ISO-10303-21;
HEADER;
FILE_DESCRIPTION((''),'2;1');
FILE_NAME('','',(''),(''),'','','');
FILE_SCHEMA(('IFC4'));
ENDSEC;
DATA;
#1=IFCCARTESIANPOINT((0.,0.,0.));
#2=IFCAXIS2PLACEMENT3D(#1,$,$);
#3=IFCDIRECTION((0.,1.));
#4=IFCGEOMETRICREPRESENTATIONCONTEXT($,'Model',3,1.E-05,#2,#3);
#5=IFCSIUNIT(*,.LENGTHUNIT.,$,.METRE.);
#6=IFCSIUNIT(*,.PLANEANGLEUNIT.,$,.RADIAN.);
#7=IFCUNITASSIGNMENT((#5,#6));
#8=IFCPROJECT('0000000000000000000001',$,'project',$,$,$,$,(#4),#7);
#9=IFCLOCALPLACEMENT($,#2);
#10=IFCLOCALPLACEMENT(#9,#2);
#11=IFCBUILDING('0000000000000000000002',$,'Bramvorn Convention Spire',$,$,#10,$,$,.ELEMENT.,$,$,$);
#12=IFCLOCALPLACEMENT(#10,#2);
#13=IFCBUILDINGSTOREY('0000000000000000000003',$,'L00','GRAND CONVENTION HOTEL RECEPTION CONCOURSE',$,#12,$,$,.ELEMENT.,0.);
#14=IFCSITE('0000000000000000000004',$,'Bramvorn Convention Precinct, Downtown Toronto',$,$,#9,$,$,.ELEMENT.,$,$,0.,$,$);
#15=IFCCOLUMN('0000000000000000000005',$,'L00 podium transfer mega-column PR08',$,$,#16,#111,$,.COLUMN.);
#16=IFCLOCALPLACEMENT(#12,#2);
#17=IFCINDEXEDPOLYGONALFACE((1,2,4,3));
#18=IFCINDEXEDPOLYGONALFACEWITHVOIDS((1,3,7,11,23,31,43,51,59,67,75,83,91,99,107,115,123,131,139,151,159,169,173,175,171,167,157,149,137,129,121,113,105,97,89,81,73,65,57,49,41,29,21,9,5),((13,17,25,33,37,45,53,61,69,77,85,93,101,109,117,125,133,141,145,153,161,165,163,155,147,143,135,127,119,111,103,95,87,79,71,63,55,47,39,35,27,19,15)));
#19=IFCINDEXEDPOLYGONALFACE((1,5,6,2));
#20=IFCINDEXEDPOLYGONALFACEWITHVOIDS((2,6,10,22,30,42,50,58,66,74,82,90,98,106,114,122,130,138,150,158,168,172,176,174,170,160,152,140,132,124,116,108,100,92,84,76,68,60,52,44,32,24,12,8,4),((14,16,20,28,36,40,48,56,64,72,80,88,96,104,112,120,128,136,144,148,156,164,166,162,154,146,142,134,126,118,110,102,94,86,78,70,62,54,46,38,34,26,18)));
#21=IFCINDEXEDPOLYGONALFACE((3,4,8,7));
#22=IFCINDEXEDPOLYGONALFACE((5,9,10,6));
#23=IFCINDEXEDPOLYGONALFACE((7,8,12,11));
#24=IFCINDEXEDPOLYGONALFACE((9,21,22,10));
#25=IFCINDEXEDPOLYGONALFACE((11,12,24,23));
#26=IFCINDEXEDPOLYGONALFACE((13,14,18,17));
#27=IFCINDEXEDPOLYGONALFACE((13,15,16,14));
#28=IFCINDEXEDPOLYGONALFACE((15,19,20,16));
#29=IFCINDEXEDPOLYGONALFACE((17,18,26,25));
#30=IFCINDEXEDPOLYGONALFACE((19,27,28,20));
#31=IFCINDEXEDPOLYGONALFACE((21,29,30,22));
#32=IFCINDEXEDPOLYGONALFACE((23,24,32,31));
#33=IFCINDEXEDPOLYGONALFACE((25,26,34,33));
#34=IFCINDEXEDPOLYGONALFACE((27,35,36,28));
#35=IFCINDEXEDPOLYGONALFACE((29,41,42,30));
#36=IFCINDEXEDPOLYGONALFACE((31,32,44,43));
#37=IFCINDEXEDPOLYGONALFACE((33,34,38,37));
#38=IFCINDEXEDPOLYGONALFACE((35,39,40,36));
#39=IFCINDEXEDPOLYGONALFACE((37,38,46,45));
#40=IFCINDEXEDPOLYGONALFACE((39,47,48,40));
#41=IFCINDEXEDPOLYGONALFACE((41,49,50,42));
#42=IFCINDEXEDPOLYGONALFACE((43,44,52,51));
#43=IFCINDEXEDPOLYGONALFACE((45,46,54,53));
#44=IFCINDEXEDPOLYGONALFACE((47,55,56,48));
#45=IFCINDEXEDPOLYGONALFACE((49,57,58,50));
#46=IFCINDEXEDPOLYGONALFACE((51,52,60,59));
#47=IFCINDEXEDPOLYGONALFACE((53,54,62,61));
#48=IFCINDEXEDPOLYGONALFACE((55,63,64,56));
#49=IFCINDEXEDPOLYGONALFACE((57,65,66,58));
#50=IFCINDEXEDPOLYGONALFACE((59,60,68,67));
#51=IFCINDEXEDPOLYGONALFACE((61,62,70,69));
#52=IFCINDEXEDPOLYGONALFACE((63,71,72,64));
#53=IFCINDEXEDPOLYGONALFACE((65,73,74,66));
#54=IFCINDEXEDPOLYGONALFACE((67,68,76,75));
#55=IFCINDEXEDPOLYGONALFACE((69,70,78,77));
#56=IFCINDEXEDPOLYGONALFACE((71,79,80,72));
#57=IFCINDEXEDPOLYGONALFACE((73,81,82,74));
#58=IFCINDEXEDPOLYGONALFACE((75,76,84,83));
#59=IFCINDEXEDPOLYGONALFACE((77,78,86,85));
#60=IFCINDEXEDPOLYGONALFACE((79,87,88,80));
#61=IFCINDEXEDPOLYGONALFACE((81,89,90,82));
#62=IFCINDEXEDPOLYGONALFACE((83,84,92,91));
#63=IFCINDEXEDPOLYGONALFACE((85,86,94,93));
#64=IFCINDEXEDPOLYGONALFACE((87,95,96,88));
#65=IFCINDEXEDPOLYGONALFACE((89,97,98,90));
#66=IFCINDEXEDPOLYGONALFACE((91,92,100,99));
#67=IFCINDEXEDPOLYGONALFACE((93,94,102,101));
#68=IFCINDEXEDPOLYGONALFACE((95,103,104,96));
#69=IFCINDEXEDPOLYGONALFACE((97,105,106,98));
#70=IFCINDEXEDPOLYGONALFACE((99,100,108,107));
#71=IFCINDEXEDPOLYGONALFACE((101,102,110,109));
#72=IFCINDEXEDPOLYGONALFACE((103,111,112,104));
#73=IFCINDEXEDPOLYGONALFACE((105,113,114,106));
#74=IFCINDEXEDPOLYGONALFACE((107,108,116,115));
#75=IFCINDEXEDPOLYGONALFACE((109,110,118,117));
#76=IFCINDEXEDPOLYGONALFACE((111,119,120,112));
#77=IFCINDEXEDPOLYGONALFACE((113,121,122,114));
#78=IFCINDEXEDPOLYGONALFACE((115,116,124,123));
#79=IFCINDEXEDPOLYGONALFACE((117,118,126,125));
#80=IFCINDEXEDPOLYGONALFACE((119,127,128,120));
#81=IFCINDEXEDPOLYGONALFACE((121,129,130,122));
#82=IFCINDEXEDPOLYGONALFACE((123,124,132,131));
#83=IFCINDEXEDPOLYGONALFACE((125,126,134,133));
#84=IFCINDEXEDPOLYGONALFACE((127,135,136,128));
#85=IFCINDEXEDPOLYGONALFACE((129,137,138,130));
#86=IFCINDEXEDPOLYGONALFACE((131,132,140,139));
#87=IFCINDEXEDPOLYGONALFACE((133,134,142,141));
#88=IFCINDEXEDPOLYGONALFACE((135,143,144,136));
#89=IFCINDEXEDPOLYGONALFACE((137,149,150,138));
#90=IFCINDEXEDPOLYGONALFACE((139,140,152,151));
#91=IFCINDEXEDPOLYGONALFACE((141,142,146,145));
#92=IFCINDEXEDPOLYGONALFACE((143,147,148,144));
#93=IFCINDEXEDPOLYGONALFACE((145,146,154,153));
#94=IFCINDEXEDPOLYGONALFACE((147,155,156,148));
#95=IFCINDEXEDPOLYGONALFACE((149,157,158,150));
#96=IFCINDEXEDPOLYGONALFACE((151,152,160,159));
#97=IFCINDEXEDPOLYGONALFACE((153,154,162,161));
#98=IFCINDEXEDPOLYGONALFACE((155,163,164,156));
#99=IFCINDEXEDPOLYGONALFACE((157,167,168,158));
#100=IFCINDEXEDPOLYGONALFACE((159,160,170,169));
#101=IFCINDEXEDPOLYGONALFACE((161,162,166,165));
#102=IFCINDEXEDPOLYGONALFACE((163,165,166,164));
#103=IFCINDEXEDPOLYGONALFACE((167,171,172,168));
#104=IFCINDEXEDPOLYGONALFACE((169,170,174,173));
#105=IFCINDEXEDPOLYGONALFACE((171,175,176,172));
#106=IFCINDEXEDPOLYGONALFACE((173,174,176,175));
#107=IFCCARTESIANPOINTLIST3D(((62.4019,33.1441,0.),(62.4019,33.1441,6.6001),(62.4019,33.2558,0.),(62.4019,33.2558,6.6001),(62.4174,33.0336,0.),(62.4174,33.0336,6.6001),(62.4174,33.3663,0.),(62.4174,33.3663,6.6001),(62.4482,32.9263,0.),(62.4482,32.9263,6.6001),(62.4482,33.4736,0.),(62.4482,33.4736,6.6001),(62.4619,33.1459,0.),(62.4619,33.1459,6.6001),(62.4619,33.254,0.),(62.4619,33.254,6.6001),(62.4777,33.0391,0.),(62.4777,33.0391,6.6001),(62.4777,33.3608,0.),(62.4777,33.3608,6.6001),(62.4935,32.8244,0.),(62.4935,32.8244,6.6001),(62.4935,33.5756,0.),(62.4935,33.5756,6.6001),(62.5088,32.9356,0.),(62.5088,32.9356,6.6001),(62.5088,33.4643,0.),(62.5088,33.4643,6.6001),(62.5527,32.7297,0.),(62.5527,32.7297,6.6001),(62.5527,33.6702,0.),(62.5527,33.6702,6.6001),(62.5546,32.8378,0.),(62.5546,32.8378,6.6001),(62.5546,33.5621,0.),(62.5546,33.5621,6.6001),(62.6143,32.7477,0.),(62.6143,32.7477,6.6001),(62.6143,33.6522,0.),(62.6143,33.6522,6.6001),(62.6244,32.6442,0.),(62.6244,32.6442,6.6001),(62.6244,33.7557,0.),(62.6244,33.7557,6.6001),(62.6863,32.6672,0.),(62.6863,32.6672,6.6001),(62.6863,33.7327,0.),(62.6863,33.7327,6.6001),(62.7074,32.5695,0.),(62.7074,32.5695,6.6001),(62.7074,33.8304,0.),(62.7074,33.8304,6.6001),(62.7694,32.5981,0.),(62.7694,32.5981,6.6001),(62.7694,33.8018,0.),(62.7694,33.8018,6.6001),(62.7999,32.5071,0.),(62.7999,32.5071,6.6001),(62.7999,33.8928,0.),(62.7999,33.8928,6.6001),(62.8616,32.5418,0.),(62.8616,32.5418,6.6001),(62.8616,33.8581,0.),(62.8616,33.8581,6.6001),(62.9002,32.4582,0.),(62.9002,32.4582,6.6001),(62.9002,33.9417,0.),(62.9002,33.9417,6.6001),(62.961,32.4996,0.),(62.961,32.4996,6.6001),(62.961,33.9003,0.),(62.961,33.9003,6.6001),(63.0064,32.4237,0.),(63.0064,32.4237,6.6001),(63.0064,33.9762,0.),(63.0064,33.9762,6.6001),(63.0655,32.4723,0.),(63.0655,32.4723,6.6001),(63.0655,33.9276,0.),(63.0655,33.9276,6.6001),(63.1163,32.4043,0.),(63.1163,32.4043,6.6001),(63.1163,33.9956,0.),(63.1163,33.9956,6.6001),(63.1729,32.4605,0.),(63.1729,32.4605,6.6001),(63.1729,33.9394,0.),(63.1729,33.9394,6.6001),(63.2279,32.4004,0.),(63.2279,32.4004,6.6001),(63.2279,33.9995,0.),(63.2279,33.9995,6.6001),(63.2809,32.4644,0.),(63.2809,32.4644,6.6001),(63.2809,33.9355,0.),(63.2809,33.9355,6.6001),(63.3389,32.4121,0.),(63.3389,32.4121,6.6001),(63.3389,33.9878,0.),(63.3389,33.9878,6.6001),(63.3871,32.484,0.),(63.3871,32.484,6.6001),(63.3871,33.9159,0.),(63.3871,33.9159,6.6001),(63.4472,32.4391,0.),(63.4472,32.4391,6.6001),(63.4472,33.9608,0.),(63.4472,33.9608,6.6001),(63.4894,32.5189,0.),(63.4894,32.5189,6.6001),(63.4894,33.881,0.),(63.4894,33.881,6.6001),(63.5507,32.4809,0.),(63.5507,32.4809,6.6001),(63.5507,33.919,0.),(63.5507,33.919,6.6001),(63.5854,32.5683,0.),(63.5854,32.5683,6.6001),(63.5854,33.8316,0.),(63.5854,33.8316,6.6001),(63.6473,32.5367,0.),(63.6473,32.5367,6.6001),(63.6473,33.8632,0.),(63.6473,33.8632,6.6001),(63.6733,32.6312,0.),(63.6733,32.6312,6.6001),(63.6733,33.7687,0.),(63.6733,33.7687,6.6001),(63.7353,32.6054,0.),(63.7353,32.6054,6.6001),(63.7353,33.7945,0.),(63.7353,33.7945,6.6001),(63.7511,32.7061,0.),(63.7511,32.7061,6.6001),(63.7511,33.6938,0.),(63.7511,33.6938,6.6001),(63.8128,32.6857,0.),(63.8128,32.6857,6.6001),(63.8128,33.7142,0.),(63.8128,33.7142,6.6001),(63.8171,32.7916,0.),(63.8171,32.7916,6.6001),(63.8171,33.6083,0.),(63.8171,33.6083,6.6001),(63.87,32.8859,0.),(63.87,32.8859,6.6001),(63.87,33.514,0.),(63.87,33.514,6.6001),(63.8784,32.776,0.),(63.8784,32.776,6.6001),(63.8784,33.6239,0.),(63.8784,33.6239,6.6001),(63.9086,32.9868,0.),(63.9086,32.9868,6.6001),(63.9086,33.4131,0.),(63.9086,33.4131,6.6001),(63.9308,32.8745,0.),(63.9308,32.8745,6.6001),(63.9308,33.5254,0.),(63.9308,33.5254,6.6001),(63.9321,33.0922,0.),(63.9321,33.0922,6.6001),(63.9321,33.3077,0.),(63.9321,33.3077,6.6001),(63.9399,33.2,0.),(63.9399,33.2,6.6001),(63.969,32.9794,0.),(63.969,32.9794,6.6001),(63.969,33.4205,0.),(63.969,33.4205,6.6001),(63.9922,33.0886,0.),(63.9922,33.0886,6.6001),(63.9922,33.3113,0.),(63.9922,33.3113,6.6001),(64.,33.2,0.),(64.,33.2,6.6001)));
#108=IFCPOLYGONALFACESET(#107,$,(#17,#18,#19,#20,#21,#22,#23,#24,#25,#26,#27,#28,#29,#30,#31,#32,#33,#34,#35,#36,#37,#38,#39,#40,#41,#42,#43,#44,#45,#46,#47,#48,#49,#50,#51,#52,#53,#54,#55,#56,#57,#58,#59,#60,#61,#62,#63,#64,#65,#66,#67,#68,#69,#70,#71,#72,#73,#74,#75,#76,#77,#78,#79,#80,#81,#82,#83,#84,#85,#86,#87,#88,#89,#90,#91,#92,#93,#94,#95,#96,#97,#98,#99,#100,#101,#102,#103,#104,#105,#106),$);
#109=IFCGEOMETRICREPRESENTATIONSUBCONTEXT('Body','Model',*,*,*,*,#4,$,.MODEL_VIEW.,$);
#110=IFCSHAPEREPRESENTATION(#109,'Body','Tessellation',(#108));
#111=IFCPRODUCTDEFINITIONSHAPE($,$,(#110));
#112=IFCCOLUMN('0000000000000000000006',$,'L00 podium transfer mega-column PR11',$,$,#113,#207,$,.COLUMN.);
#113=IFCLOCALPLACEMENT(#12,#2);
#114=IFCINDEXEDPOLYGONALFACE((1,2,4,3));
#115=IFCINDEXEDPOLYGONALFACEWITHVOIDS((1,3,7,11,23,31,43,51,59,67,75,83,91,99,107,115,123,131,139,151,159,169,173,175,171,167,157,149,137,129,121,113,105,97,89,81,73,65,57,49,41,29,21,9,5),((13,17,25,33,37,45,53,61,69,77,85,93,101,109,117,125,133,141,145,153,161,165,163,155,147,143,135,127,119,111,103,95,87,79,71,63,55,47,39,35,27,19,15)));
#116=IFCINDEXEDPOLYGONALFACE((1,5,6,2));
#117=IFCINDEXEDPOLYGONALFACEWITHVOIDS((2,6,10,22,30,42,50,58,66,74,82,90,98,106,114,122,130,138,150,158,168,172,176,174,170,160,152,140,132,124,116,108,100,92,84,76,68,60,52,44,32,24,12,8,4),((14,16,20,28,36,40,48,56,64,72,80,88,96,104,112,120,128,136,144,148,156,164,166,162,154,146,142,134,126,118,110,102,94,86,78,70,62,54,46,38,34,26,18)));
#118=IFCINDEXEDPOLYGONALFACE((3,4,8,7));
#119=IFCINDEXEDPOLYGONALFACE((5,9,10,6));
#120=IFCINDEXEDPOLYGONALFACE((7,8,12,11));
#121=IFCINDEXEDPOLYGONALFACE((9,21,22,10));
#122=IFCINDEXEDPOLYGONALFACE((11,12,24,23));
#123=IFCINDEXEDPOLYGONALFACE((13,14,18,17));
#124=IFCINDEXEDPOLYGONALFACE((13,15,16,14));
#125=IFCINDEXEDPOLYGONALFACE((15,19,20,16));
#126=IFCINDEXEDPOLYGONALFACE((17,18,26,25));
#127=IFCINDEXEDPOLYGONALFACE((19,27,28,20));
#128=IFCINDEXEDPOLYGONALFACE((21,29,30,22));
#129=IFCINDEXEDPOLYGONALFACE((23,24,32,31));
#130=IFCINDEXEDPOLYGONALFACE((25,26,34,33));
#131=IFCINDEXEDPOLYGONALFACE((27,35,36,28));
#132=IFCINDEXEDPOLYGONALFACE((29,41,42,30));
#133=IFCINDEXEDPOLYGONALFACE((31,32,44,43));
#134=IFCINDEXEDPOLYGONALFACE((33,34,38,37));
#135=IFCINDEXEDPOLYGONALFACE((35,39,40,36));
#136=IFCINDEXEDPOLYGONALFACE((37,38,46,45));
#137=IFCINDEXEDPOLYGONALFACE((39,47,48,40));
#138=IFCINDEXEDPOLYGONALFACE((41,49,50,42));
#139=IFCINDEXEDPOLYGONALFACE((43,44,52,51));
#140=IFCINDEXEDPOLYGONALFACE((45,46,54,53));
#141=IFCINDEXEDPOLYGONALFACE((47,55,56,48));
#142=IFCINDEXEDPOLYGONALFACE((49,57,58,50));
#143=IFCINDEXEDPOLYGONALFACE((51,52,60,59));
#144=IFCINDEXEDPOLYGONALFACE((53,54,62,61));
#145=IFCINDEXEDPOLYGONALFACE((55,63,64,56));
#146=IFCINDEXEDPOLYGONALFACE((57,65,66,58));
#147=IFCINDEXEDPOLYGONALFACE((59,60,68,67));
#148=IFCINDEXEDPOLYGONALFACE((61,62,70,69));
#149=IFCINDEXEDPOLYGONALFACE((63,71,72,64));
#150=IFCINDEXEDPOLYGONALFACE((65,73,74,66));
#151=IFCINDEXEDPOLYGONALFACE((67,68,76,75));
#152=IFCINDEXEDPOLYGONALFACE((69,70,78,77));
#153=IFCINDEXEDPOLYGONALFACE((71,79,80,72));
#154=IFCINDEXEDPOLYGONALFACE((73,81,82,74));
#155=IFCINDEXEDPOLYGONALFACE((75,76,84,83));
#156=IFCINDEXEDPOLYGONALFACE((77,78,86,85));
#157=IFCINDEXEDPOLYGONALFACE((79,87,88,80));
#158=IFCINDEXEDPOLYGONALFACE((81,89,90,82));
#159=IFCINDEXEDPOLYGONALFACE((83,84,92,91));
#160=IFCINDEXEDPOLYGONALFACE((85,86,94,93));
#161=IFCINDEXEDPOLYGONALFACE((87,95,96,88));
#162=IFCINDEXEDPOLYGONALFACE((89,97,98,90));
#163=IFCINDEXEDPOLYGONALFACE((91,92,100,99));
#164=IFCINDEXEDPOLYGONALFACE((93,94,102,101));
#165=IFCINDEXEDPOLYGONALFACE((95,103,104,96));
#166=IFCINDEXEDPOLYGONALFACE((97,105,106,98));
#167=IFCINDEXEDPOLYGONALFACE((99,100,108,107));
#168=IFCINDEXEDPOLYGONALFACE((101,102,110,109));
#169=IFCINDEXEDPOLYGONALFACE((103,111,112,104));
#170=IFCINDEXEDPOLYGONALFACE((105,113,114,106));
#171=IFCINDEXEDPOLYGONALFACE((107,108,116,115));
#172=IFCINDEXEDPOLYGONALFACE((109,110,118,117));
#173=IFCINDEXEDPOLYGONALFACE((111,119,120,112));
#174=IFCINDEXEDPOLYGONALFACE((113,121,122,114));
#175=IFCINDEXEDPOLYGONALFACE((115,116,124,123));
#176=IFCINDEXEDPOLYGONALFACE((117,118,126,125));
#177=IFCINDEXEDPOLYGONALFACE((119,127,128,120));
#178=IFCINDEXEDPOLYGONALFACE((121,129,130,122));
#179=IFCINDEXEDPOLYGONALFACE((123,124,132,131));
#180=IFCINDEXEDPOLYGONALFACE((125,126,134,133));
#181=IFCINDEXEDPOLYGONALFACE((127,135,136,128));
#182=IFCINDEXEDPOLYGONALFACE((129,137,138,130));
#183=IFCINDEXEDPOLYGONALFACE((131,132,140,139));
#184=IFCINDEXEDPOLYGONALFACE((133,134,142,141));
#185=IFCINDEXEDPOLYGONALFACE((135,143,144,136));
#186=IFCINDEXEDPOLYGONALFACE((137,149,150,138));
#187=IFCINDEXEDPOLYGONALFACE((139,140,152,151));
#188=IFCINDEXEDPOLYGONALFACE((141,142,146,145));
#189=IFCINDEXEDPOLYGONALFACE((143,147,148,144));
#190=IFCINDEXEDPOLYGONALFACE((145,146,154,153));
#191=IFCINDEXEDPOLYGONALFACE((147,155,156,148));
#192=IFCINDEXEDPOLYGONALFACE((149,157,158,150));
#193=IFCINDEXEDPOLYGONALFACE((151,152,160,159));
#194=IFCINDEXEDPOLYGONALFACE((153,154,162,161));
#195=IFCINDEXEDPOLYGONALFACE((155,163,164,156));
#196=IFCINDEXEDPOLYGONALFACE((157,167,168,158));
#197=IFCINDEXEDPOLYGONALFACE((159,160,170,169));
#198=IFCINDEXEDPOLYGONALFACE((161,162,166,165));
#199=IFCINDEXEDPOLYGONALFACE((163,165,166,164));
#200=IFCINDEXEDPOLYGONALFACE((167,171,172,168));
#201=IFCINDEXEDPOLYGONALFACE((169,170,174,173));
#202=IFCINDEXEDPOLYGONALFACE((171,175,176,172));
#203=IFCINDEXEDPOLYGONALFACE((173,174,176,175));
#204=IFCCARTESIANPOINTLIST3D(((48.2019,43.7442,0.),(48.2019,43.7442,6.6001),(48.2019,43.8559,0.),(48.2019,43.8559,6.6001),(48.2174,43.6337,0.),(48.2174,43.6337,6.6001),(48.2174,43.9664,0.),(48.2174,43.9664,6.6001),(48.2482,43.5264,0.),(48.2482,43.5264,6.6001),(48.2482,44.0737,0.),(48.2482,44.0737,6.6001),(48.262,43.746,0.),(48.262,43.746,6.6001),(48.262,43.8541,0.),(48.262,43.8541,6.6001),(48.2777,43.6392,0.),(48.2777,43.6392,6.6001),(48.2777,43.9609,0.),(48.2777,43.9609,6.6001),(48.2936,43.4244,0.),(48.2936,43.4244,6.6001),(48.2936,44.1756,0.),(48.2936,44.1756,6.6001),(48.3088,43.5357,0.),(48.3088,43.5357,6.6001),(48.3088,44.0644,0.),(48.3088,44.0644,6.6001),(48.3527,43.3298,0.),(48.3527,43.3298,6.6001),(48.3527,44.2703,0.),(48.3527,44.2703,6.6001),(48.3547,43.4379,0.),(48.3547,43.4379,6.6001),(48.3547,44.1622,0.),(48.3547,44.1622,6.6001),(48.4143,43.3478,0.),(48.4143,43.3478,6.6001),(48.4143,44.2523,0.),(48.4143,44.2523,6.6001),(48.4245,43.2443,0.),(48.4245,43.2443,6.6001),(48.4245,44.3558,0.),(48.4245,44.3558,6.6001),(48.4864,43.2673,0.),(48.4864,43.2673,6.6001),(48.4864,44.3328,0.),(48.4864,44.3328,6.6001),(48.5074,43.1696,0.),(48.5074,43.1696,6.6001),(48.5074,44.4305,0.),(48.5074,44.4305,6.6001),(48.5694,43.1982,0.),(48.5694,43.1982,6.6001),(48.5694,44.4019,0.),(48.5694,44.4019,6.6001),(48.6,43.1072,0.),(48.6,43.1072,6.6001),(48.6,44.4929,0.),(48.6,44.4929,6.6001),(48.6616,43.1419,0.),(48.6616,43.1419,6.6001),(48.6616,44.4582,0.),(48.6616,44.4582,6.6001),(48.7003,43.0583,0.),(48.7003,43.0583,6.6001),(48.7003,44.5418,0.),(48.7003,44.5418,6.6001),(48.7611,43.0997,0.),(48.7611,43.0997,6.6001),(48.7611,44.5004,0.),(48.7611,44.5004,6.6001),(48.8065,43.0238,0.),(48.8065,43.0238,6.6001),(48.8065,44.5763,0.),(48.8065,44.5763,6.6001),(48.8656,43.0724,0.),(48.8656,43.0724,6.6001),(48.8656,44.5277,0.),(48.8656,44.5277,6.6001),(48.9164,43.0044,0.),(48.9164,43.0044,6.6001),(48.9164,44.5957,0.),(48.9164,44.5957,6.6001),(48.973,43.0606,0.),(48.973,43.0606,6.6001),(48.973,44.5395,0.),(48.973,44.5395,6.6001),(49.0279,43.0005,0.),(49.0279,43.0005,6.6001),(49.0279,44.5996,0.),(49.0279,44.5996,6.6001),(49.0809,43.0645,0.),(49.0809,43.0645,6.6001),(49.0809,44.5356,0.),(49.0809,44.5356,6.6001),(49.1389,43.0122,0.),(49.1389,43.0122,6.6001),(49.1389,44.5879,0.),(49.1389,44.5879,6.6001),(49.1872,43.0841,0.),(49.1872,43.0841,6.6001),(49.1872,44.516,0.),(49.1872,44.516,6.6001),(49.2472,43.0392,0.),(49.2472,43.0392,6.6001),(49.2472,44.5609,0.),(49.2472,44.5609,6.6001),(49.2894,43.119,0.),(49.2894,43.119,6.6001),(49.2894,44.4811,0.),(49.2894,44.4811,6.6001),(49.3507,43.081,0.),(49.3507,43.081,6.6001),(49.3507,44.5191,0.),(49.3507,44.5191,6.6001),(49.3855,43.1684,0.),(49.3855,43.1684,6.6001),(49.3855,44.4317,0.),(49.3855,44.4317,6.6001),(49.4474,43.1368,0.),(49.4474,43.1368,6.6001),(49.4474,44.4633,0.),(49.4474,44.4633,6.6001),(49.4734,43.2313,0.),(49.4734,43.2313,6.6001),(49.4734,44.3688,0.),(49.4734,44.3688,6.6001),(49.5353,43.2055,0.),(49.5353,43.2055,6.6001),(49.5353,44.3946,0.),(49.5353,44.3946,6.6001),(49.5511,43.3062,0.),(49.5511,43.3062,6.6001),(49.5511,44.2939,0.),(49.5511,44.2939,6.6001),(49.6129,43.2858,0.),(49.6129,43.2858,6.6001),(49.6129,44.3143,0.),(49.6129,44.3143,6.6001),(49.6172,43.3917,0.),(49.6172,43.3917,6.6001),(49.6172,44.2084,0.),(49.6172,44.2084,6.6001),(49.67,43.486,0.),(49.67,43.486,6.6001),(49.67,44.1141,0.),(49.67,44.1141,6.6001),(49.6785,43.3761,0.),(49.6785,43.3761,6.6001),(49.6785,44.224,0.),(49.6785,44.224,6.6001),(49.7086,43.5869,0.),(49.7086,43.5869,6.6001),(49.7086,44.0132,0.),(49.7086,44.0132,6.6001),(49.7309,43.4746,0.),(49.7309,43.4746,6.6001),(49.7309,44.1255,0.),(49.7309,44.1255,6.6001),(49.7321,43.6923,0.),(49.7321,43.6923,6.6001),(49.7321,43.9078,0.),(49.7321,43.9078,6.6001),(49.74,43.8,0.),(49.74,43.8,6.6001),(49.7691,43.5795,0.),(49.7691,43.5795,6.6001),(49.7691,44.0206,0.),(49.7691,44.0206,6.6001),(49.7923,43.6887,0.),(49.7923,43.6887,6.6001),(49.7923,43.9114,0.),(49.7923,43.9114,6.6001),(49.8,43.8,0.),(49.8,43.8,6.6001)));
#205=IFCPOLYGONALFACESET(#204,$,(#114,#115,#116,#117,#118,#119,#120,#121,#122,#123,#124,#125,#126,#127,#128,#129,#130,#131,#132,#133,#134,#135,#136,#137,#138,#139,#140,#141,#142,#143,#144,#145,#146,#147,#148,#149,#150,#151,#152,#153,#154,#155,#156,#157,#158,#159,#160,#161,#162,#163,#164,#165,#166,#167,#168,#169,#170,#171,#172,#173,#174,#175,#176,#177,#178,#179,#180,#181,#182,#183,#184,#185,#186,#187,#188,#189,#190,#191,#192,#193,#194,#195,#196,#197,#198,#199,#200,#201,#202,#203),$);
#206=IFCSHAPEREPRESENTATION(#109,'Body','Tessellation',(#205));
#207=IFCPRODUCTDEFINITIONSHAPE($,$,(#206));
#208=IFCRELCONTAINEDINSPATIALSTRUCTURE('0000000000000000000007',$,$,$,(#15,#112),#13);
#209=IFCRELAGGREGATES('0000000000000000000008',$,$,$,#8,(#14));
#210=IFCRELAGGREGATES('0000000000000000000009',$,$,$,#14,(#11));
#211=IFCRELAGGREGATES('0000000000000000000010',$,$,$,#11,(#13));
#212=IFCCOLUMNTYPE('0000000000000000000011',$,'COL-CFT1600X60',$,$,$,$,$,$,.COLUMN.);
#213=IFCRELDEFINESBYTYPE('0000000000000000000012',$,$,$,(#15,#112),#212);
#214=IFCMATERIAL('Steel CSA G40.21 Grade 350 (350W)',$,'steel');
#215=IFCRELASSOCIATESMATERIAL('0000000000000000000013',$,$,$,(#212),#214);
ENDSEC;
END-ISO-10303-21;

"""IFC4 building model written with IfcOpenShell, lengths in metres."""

from ifc_helpers import new_model, si_unit, direction, frame, origin, origin_2d, place, context, subcontext, project, spatial, hollow_circle, extrude, material, material_profile, profile_set, type_object, element, save


model = new_model("IFC4")

# Units and contexts
model_context = context("Model", 3, precision=1e-05, world=origin(), true_north=direction((0.0, 1.0)))
body_context = subcontext(model_context, "Body", "Model", "MODEL_VIEW")
ifc_project = project(units=[si_unit("LENGTHUNIT", "METRE"), si_unit("PLANEANGLEUNIT", "RADIAN")], contexts=[model_context])

# Site, building, storey
site_placement = place(None, origin())
site = spatial("IfcSite", under=ifc_project, at=site_placement, Name="Bramvorn Convention Precinct, Downtown Toronto", CompositionType="ELEMENT", RefElevation=0.0)
building_placement = place(site_placement, origin())
building = spatial("IfcBuilding", under=site, at=building_placement, Name="Bramvorn Convention Spire", CompositionType="ELEMENT")
storey_placement = place(building_placement, origin())
storey = spatial("IfcBuildingStorey", under=building, at=storey_placement, Name="L00", Description="GRAND CONVENTION HOTEL RECEPTION CONCOURSE", CompositionType="ELEMENT", Elevation=0.0)

# Columns
ifc_material_1 = material(Name="Steel CSA G40.21 Grade 350 (350W)", Category="steel")
ifc_material_profile_1 = material_profile(ifc_material_1, hollow_circle(Radius=0.8, WallThickness=0.0601, at=origin_2d()))
ifc_profile_set_1 = profile_set([ifc_material_profile_1], Name="Steel CSA G40.21 Grade 350 (350W) - CFT1600X60")
column_type_1 = type_object("IfcColumnType", Name="COL-CFT1600X60", PredefinedType="COLUMN", material=ifc_profile_set_1)
for number, where, z_axis, x_axis, name in (
    (1, (63.2, 33.2, 0.0), (0.0, 0.0, 1.0), (1.0, 0.0, 0.0), "L00 podium transfer mega-column PR08"),
    (2, (49.0, 43.8, 0.0), (0.0, 0.0, 1.0), (1.0, 0.0, 0.0), "L00 podium transfer mega-column PR11"),
):
    element("IfcColumn", number, at=place(storey_placement, frame(where, z_axis=z_axis, x_axis=x_axis)), inside=storey, type_object=column_type_1, Name=name, PredefinedType="COLUMN", context=body_context, shape_type="SweptSolid", body=[
        extrude(hollow_circle(Radius=0.8, WallThickness=0.0601, at=origin_2d()), origin(), (0.0, 0.0, 1.0), 6.6001),
    ])

save(model, "model.ifc")
